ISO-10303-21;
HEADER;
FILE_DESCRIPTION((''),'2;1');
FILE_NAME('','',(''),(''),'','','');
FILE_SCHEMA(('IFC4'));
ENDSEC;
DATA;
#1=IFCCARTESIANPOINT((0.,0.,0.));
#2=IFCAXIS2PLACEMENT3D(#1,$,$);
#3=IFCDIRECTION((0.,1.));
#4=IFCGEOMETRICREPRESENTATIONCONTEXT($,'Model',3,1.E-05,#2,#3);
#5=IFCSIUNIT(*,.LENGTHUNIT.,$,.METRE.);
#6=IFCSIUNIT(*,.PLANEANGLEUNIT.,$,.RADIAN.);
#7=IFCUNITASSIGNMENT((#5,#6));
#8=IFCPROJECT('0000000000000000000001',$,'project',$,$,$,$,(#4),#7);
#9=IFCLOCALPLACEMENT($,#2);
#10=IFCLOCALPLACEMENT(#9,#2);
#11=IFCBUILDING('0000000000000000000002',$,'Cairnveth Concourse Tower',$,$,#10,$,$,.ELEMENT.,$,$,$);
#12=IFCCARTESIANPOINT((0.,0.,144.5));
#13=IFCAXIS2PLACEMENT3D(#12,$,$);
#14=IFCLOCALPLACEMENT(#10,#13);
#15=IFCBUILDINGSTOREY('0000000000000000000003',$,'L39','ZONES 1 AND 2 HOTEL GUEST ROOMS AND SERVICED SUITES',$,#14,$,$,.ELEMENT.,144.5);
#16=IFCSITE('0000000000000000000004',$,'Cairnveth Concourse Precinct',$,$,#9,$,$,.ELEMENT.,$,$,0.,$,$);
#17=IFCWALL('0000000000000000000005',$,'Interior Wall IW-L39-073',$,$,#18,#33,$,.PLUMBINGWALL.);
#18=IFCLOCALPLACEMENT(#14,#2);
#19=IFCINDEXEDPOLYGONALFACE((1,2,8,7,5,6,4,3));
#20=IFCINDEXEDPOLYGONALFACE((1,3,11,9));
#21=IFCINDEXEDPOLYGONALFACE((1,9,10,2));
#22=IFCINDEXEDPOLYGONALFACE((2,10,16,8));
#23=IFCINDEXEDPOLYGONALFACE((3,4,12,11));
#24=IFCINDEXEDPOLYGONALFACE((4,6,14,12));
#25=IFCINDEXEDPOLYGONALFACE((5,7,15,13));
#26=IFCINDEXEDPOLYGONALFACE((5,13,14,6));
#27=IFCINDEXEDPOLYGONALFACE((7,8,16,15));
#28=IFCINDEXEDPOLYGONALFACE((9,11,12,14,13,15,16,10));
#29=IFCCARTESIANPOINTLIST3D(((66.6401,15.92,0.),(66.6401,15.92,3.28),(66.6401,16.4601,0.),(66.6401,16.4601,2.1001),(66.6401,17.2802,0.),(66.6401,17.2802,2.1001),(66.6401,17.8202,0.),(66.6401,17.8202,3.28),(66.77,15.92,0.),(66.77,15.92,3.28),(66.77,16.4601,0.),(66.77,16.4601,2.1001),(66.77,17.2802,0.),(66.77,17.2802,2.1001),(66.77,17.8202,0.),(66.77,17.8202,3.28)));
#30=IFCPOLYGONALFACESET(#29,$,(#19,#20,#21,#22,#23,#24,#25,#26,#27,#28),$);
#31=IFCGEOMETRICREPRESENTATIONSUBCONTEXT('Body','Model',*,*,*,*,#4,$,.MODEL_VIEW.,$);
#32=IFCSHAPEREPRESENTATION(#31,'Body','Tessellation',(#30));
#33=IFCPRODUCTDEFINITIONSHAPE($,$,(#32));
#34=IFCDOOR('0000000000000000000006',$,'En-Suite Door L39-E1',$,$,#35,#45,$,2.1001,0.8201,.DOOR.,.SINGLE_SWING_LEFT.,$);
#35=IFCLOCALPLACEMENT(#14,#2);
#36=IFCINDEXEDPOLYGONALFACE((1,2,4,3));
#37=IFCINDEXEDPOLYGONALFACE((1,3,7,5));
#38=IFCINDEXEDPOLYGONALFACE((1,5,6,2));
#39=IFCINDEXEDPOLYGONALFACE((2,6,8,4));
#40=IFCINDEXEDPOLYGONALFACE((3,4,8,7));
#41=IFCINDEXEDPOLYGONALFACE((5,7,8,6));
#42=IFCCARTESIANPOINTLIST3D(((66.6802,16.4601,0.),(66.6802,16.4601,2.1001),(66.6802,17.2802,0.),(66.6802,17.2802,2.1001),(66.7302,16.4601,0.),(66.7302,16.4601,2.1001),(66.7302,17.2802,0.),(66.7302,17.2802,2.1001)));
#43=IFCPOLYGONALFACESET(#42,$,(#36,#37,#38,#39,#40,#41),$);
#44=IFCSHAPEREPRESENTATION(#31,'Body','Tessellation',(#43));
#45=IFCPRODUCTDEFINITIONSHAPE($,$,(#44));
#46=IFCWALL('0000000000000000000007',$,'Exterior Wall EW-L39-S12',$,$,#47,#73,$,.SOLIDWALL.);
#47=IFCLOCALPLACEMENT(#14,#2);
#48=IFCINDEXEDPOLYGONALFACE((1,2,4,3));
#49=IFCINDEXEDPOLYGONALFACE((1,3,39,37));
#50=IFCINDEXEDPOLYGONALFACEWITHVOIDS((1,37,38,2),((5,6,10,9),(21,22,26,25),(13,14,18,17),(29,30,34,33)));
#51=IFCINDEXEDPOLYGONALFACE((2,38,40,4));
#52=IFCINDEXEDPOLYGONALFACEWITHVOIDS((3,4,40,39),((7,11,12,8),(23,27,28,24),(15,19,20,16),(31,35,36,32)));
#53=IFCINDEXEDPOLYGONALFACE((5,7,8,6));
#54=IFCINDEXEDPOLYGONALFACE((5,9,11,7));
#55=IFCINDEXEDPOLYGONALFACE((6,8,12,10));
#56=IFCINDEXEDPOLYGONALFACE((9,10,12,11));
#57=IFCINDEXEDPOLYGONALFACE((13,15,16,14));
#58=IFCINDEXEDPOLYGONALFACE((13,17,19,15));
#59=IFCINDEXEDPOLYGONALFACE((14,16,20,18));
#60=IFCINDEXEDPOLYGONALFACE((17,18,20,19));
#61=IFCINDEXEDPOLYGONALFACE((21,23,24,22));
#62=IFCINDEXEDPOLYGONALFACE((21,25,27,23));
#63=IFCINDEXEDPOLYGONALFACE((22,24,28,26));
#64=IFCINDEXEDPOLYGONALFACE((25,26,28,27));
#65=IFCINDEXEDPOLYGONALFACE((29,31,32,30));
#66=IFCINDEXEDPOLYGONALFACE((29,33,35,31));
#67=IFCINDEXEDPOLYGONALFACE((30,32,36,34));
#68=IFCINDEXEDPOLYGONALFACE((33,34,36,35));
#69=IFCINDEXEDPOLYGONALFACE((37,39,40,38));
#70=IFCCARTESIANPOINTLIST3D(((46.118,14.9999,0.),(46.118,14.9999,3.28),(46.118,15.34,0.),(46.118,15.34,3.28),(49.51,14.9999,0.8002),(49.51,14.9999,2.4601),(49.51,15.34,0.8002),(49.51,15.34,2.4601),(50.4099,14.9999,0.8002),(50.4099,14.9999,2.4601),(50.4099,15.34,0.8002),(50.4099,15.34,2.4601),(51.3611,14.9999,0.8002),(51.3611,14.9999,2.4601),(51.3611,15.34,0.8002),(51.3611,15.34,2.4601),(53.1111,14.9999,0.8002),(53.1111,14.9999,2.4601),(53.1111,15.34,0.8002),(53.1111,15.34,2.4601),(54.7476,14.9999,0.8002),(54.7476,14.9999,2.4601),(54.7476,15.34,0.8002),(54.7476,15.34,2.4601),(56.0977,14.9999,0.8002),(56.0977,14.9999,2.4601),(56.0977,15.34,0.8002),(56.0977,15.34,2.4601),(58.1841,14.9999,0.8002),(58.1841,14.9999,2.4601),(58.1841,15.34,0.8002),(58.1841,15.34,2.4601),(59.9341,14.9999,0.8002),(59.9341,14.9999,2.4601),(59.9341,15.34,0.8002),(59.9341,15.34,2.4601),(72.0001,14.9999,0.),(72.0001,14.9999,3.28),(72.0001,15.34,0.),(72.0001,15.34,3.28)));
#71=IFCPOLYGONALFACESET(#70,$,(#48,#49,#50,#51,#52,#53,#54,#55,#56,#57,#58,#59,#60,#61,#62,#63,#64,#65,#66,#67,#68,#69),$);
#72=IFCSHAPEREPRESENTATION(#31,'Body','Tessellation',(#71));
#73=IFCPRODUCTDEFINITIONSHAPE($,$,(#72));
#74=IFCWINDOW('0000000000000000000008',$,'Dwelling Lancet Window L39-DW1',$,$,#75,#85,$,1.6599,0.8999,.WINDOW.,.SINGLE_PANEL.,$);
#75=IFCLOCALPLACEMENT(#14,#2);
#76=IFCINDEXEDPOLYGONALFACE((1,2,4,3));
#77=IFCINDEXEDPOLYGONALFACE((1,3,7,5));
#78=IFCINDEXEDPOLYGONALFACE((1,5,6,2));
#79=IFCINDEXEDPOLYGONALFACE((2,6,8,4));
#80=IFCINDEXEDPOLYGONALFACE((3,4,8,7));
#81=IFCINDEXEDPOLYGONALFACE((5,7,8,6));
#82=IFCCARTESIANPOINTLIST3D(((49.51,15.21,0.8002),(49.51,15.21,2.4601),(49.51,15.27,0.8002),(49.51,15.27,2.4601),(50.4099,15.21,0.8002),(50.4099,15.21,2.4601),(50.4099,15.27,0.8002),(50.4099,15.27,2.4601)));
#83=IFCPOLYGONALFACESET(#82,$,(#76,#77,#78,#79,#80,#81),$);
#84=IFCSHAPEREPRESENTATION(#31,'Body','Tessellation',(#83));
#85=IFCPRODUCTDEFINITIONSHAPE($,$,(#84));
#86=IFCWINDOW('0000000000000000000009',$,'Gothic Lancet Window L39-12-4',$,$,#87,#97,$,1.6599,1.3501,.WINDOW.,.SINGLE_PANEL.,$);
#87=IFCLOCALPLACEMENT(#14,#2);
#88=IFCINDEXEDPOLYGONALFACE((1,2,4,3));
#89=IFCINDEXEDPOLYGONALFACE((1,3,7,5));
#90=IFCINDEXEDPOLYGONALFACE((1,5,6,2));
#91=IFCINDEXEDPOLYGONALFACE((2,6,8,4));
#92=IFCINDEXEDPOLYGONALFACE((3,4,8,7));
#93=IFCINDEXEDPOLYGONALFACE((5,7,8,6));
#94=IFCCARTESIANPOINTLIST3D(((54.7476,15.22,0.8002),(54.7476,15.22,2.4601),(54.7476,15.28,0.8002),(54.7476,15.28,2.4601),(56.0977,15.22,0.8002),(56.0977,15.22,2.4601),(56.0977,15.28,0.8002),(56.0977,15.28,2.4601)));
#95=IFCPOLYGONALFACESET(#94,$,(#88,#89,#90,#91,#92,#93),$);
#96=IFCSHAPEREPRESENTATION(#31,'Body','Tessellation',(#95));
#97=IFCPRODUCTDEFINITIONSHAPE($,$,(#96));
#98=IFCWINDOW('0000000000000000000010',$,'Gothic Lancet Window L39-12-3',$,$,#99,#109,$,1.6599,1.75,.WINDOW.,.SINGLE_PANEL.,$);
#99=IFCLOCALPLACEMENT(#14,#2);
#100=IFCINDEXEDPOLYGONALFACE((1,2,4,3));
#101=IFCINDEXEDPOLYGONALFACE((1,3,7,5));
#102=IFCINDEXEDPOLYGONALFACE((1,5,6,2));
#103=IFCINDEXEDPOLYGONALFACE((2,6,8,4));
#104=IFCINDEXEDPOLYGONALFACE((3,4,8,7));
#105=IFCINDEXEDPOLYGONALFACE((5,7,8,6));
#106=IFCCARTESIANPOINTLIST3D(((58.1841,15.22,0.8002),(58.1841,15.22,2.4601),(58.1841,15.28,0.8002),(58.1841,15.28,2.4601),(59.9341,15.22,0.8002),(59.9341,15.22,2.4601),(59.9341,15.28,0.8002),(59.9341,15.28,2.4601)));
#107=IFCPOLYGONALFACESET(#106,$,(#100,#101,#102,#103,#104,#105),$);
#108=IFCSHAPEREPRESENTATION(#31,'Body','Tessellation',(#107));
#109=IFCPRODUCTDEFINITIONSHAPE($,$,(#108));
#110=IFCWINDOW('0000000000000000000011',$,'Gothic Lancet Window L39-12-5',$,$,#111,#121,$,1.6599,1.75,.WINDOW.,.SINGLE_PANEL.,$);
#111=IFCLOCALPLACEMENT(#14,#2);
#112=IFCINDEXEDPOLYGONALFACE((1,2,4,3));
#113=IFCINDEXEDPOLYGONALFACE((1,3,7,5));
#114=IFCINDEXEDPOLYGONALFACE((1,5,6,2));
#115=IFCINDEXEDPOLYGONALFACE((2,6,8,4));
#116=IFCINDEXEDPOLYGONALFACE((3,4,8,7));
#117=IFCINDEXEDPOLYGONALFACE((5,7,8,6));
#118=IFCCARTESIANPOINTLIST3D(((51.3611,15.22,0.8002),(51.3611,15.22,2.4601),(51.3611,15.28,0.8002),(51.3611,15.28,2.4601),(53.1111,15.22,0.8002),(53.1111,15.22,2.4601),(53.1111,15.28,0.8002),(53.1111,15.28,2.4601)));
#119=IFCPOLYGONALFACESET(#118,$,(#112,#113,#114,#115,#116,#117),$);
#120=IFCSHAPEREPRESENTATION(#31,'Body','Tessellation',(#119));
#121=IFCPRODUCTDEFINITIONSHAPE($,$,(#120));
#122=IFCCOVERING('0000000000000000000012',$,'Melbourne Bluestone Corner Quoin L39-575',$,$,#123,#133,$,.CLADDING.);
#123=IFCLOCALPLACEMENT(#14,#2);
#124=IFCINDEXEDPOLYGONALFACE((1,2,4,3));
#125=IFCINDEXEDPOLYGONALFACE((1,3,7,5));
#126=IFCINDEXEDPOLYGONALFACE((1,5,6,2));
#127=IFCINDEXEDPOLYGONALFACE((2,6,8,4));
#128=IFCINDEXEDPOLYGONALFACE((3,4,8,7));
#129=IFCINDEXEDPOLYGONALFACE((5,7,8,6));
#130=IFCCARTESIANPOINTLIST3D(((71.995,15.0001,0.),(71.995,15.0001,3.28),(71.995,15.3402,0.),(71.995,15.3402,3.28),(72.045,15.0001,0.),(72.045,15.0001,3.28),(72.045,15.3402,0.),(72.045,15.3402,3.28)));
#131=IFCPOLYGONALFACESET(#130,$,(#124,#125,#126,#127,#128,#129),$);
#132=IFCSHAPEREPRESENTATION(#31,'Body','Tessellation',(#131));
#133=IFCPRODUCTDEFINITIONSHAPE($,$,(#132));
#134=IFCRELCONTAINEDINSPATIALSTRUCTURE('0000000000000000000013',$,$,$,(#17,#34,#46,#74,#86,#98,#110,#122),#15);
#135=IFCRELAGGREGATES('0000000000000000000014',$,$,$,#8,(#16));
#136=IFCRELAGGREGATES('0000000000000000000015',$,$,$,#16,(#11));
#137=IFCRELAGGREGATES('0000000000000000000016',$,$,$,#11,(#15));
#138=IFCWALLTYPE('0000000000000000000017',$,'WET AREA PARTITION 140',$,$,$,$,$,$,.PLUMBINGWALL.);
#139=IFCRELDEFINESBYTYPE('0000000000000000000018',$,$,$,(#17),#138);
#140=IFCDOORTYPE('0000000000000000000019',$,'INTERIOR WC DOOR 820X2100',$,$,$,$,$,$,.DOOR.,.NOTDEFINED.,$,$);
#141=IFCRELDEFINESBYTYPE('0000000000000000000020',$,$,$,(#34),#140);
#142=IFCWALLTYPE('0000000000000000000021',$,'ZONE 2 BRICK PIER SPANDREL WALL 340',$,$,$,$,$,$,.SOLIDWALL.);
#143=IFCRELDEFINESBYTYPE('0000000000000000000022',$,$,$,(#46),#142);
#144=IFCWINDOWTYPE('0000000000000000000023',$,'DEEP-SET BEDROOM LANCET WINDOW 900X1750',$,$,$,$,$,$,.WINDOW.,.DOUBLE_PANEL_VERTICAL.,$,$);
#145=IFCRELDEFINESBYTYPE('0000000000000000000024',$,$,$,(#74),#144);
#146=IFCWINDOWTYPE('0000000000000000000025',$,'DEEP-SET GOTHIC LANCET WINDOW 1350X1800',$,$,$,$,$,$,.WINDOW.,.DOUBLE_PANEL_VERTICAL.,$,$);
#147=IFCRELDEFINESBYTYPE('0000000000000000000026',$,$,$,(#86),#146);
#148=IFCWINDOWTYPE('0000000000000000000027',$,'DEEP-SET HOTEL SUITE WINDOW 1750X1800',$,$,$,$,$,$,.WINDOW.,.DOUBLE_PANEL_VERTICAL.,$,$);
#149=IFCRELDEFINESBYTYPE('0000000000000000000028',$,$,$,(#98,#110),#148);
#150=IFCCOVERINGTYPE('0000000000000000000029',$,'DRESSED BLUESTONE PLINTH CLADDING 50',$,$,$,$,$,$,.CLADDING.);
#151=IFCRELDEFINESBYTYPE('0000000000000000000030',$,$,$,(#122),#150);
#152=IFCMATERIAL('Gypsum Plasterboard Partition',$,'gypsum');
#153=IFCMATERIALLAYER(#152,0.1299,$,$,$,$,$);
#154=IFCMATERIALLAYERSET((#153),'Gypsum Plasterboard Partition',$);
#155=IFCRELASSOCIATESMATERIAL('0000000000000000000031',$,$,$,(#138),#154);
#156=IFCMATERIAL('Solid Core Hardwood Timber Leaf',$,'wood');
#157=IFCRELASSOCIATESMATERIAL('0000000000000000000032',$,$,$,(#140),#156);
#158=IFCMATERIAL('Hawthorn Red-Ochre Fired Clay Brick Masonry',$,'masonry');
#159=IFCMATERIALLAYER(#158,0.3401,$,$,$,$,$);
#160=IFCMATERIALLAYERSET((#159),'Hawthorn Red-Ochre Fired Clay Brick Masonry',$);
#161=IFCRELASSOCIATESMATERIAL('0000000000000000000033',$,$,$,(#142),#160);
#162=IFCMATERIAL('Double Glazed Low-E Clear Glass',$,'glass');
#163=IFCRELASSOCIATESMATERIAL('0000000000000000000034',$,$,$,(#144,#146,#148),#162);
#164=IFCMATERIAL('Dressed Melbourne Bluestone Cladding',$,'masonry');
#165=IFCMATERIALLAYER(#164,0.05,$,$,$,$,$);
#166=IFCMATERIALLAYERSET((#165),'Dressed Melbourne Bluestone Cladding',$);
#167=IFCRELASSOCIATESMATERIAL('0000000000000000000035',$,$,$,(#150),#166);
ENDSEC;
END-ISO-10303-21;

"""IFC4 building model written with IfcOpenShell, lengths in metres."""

from ifc_helpers import new_model, si_unit, direction, frame, frame_2d, origin, place, context, subcontext, project, spatial, rectangle, extrude, material, layer, layer_set, type_object, element, fill, save


model = new_model("IFC4")

# Units and contexts
model_context = context("Model", 3, precision=1e-05, world=origin(), true_north=direction((0.0, 1.0)))
body_context = subcontext(model_context, "Body", "Model", "MODEL_VIEW")
ifc_project = project(units=[si_unit("LENGTHUNIT", "METRE"), si_unit("PLANEANGLEUNIT", "RADIAN")], contexts=[model_context])

# Site, building, storey
site_placement = place(None, origin())
site = spatial("IfcSite", under=ifc_project, at=site_placement, Name="Cairnveth Concourse Precinct", CompositionType="ELEMENT", RefElevation=0.0)
building_placement = place(site_placement, origin())
building = spatial("IfcBuilding", under=site, at=building_placement, Name="Cairnveth Concourse Tower", CompositionType="ELEMENT")
storey_placement = place(building_placement, frame((0.0, 0.0, 144.5)))
storey = spatial("IfcBuildingStorey", under=building, at=storey_placement, Name="L39", Description="ZONES 1 AND 2 HOTEL GUEST ROOMS AND SERVICED SUITES", CompositionType="ELEMENT", Elevation=144.5)

# Shared definitions
ifc_material_1 = material(Name="Gypsum Plasterboard Partition", Category="gypsum")
ifc_material_2 = material(Name="Solid Core Hardwood Timber Leaf", Category="wood")

# Shared definitions
ifc_layer_1 = layer(ifc_material_1, 0.1299)
ifc_layer_set_1 = layer_set([ifc_layer_1], Name="Gypsum Plasterboard Partition")
wall_type_1 = type_object("IfcWallType", Name="WET AREA PARTITION 140", PredefinedType="PLUMBINGWALL", material=ifc_layer_set_1)

# Wall, opening, door
wall_1_placement = place(storey_placement, frame((66.7051, 15.9199, 0.0), z_axis=(0.0, 0.0, 1.0), x_axis=(0.0, 1.0, 0.0)))
wall_1 = element("IfcWall", 1, at=wall_1_placement, inside=storey, type_object=wall_type_1, Name="Interior Wall IW-L39-073", PredefinedType="PLUMBINGWALL", context=body_context, shape_type="SweptSolid", body=[
    extrude(rectangle(XDim=1.9001, YDim=0.1299, at=frame_2d((0.9502, 0.0))), origin(), (0.0, 0.0, 1.0), 3.28),
])
opening_1_placement = place(wall_1_placement, frame((0.54, 0.0, 0.0)))
opening_1 = element("IfcOpeningElement", 2, at=opening_1_placement, cuts=wall_1, PredefinedType="OPENING", context=body_context, shape_type="SweptSolid", body=[
    extrude(rectangle(XDim=0.8201, YDim=2.1001, at=frame_2d((0.4102, 1.05))), frame((0.0, 0.075, 0.0), z_axis=(0.0, -1.0, 0.0), x_axis=(1.0, 0.0, 0.0)), (0.0, 0.0, 1.0), 0.1499),
])
door_type_1 = type_object("IfcDoorType", Name="INTERIOR WC DOOR 820X2100", OperationType="NOTDEFINED", PredefinedType="DOOR", material=ifc_material_2)
door_1_placement = place(opening_1_placement, origin())
door_1 = element("IfcDoor", 3, at=door_1_placement, inside=storey, type_object=door_type_1, Name="En-Suite Door L39-E1", OperationType="SINGLE_SWING_LEFT", OverallHeight=2.1001, OverallWidth=0.8201, PredefinedType="DOOR", context=body_context, shape_type="SweptSolid", body=[
    extrude(rectangle(XDim=0.8201, YDim=2.1001, at=frame_2d((0.4102, 1.05))), frame((0.0, 0.0249, 0.0), z_axis=(0.0, -1.0, 0.0), x_axis=(1.0, 0.0, 0.0)), (0.0, 0.0, 1.0), 0.05),
])
fill(opening_1, door_1)

# Wall, openings, windows
ifc_material_3 = material(Name="Hawthorn Red-Ochre Fired Clay Brick Masonry", Category="masonry")
ifc_layer_2 = layer(ifc_material_3, 0.3401)
ifc_layer_set_2 = layer_set([ifc_layer_2], Name="Hawthorn Red-Ochre Fired Clay Brick Masonry")
wall_type_2 = type_object("IfcWallType", Name="ZONE 2 BRICK PIER SPANDREL WALL 340", PredefinedType="SOLIDWALL", material=ifc_layer_set_2)
wall_2_placement = place(storey_placement, frame((72.0, 15.1699, 0.0), z_axis=(0.0, 0.0, 1.0), x_axis=(-1.0, 0.0, 0.0)))
wall_2 = element("IfcWall", 4, at=wall_2_placement, inside=storey, type_object=wall_type_2, Name="Exterior Wall EW-L39-S12", PredefinedType="SOLIDWALL", context=body_context, shape_type="SweptSolid", body=[
    extrude(rectangle(XDim=25.8821, YDim=0.3401, at=frame_2d((12.9409, 0.0))), origin(), (0.0, 0.0, 1.0), 3.28),
])
opening_2_placement = place(wall_2_placement, frame((12.0659, 0.0, 0.8)))
opening_2 = element("IfcOpeningElement", 5, at=opening_2_placement, cuts=wall_2, PredefinedType="OPENING", context=body_context, shape_type="SweptSolid", body=[
    extrude(rectangle(XDim=1.75, YDim=1.6599, at=frame_2d((0.875, 0.8301))), frame((0.0, 0.1799, 0.0), z_axis=(0.0, -1.0, 0.0), x_axis=(1.0, 0.0, 0.0)), (0.0, 0.0, 1.0), 0.3601),
])
opening_3_placement = place(wall_2_placement, frame((15.9023, 0.0, 0.8)))
opening_3 = element("IfcOpeningElement", 6, at=opening_3_placement, cuts=wall_2, PredefinedType="OPENING", context=body_context, shape_type="SweptSolid", body=[
    extrude(rectangle(XDim=1.3501, YDim=1.6599, at=frame_2d((0.675, 0.8301))), frame((0.0, 0.1799, 0.0), z_axis=(0.0, -1.0, 0.0), x_axis=(1.0, 0.0, 0.0)), (0.0, 0.0, 1.0), 0.3601),
])
opening_4_placement = place(wall_2_placement, frame((18.8889, 0.0, 0.8)))
opening_4 = element("IfcOpeningElement", 7, at=opening_4_placement, cuts=wall_2, PredefinedType="OPENING", context=body_context, shape_type="SweptSolid", body=[
    extrude(rectangle(XDim=1.75, YDim=1.6599, at=frame_2d((0.875, 0.8301))), frame((0.0, 0.1799, 0.0), z_axis=(0.0, -1.0, 0.0), x_axis=(1.0, 0.0, 0.0)), (0.0, 0.0, 1.0), 0.3601),
])
opening_5_placement = place(wall_2_placement, frame((21.5901, 0.0, 0.8)))
opening_5 = element("IfcOpeningElement", 8, at=opening_5_placement, cuts=wall_2, PredefinedType="OPENING", context=body_context, shape_type="SweptSolid", body=[
    extrude(rectangle(XDim=0.8999, YDim=1.6599, at=frame_2d((0.45, 0.8301))), frame((0.0, 0.1799, 0.0), z_axis=(0.0, -1.0, 0.0), x_axis=(1.0, 0.0, 0.0)), (0.0, 0.0, 1.0), 0.3601),
])
ifc_material_4 = material(Name="Double Glazed Low-E Clear Glass", Category="glass")
window_type_1 = type_object("IfcWindowType", Name="DEEP-SET BEDROOM LANCET WINDOW 900X1750", PartitioningType="DOUBLE_PANEL_VERTICAL", PredefinedType="WINDOW", material=ifc_material_4)
window_1_placement = place(opening_5_placement, origin())
window_1 = element("IfcWindow", 9, at=window_1_placement, inside=storey, type_object=window_type_1, Name="Dwelling Lancet Window L39-DW1", OverallHeight=1.6599, OverallWidth=0.8999, PartitioningType="SINGLE_PANEL", PredefinedType="WINDOW", context=body_context, shape_type="SweptSolid", body=[
    extrude(rectangle(XDim=0.8999, YDim=1.6599, at=frame_2d((0.45, 0.8301))), frame((0.0, -0.04, 0.0), z_axis=(0.0, -1.0, 0.0), x_axis=(1.0, 0.0, 0.0)), (0.0, 0.0, 1.0), 0.0601),
])
fill(opening_5, window_1)
window_type_2 = type_object("IfcWindowType", Name="DEEP-SET GOTHIC LANCET WINDOW 1350X1800", PartitioningType="DOUBLE_PANEL_VERTICAL", PredefinedType="WINDOW", material=ifc_material_4)
window_2_placement = place(opening_3_placement, origin())
window_2 = element("IfcWindow", 10, at=window_2_placement, inside=storey, type_object=window_type_2, Name="Gothic Lancet Window L39-12-4", OverallHeight=1.6599, OverallWidth=1.3501, PartitioningType="SINGLE_PANEL", PredefinedType="WINDOW", context=body_context, shape_type="SweptSolid", body=[
    extrude(rectangle(XDim=1.3501, YDim=1.6599, at=frame_2d((0.675, 0.8301))), frame((0.0, -0.05, 0.0), z_axis=(0.0, -1.0, 0.0), x_axis=(1.0, 0.0, 0.0)), (0.0, 0.0, 1.0), 0.0601),
])
fill(opening_3, window_2)
window_type_3 = type_object("IfcWindowType", Name="DEEP-SET HOTEL SUITE WINDOW 1750X1800", PartitioningType="DOUBLE_PANEL_VERTICAL", PredefinedType="WINDOW", material=ifc_material_4)
window_3_placement = place(opening_2_placement, origin())
window_3 = element("IfcWindow", 11, at=window_3_placement, inside=storey, type_object=window_type_3, Name="Gothic Lancet Window L39-12-3", OverallHeight=1.6599, OverallWidth=1.75, PartitioningType="SINGLE_PANEL", PredefinedType="WINDOW", context=body_context, shape_type="SweptSolid", body=[
    extrude(rectangle(XDim=1.75, YDim=1.6599, at=frame_2d((0.875, 0.8301))), frame((0.0, -0.05, 0.0), z_axis=(0.0, -1.0, 0.0), x_axis=(1.0, 0.0, 0.0)), (0.0, 0.0, 1.0), 0.0601),
])
fill(opening_2, window_3)
window_4_placement = place(opening_4_placement, origin())
window_4 = element("IfcWindow", 12, at=window_4_placement, inside=storey, type_object=window_type_3, Name="Gothic Lancet Window L39-12-5", OverallHeight=1.6599, OverallWidth=1.75, PartitioningType="SINGLE_PANEL", PredefinedType="WINDOW", context=body_context, shape_type="SweptSolid", body=[
    extrude(rectangle(XDim=1.75, YDim=1.6599, at=frame_2d((0.875, 0.8301))), frame((0.0, -0.05, 0.0), z_axis=(0.0, -1.0, 0.0), x_axis=(1.0, 0.0, 0.0)), (0.0, 0.0, 1.0), 0.0601),
])
fill(opening_4, window_4)

# Covering
ifc_material_5 = material(Name="Dressed Melbourne Bluestone Cladding", Category="masonry")
ifc_layer_3 = layer(ifc_material_5, 0.05)
ifc_layer_set_3 = layer_set([ifc_layer_3], Name="Dressed Melbourne Bluestone Cladding")
covering_type = type_object("IfcCoveringType", Name="DRESSED BLUESTONE PLINTH CLADDING 50", PredefinedType="CLADDING", material=ifc_layer_set_3)
covering_placement = place(storey_placement, frame((72.02, 15.3401, 0.0), z_axis=(0.0, 0.0, 1.0), x_axis=(0.0, -1.0, 0.0)))
element("IfcCovering", 13, at=covering_placement, inside=storey, type_object=covering_type, Name="Melbourne Bluestone Corner Quoin L39-575", PredefinedType="CLADDING", context=body_context, shape_type="SweptSolid", body=[
    extrude(rectangle(XDim=0.3401, YDim=0.05, at=frame_2d((0.1699, 0.0))), origin(), (0.0, 0.0, 1.0), 3.28),
])

save(model, "model.ifc")
